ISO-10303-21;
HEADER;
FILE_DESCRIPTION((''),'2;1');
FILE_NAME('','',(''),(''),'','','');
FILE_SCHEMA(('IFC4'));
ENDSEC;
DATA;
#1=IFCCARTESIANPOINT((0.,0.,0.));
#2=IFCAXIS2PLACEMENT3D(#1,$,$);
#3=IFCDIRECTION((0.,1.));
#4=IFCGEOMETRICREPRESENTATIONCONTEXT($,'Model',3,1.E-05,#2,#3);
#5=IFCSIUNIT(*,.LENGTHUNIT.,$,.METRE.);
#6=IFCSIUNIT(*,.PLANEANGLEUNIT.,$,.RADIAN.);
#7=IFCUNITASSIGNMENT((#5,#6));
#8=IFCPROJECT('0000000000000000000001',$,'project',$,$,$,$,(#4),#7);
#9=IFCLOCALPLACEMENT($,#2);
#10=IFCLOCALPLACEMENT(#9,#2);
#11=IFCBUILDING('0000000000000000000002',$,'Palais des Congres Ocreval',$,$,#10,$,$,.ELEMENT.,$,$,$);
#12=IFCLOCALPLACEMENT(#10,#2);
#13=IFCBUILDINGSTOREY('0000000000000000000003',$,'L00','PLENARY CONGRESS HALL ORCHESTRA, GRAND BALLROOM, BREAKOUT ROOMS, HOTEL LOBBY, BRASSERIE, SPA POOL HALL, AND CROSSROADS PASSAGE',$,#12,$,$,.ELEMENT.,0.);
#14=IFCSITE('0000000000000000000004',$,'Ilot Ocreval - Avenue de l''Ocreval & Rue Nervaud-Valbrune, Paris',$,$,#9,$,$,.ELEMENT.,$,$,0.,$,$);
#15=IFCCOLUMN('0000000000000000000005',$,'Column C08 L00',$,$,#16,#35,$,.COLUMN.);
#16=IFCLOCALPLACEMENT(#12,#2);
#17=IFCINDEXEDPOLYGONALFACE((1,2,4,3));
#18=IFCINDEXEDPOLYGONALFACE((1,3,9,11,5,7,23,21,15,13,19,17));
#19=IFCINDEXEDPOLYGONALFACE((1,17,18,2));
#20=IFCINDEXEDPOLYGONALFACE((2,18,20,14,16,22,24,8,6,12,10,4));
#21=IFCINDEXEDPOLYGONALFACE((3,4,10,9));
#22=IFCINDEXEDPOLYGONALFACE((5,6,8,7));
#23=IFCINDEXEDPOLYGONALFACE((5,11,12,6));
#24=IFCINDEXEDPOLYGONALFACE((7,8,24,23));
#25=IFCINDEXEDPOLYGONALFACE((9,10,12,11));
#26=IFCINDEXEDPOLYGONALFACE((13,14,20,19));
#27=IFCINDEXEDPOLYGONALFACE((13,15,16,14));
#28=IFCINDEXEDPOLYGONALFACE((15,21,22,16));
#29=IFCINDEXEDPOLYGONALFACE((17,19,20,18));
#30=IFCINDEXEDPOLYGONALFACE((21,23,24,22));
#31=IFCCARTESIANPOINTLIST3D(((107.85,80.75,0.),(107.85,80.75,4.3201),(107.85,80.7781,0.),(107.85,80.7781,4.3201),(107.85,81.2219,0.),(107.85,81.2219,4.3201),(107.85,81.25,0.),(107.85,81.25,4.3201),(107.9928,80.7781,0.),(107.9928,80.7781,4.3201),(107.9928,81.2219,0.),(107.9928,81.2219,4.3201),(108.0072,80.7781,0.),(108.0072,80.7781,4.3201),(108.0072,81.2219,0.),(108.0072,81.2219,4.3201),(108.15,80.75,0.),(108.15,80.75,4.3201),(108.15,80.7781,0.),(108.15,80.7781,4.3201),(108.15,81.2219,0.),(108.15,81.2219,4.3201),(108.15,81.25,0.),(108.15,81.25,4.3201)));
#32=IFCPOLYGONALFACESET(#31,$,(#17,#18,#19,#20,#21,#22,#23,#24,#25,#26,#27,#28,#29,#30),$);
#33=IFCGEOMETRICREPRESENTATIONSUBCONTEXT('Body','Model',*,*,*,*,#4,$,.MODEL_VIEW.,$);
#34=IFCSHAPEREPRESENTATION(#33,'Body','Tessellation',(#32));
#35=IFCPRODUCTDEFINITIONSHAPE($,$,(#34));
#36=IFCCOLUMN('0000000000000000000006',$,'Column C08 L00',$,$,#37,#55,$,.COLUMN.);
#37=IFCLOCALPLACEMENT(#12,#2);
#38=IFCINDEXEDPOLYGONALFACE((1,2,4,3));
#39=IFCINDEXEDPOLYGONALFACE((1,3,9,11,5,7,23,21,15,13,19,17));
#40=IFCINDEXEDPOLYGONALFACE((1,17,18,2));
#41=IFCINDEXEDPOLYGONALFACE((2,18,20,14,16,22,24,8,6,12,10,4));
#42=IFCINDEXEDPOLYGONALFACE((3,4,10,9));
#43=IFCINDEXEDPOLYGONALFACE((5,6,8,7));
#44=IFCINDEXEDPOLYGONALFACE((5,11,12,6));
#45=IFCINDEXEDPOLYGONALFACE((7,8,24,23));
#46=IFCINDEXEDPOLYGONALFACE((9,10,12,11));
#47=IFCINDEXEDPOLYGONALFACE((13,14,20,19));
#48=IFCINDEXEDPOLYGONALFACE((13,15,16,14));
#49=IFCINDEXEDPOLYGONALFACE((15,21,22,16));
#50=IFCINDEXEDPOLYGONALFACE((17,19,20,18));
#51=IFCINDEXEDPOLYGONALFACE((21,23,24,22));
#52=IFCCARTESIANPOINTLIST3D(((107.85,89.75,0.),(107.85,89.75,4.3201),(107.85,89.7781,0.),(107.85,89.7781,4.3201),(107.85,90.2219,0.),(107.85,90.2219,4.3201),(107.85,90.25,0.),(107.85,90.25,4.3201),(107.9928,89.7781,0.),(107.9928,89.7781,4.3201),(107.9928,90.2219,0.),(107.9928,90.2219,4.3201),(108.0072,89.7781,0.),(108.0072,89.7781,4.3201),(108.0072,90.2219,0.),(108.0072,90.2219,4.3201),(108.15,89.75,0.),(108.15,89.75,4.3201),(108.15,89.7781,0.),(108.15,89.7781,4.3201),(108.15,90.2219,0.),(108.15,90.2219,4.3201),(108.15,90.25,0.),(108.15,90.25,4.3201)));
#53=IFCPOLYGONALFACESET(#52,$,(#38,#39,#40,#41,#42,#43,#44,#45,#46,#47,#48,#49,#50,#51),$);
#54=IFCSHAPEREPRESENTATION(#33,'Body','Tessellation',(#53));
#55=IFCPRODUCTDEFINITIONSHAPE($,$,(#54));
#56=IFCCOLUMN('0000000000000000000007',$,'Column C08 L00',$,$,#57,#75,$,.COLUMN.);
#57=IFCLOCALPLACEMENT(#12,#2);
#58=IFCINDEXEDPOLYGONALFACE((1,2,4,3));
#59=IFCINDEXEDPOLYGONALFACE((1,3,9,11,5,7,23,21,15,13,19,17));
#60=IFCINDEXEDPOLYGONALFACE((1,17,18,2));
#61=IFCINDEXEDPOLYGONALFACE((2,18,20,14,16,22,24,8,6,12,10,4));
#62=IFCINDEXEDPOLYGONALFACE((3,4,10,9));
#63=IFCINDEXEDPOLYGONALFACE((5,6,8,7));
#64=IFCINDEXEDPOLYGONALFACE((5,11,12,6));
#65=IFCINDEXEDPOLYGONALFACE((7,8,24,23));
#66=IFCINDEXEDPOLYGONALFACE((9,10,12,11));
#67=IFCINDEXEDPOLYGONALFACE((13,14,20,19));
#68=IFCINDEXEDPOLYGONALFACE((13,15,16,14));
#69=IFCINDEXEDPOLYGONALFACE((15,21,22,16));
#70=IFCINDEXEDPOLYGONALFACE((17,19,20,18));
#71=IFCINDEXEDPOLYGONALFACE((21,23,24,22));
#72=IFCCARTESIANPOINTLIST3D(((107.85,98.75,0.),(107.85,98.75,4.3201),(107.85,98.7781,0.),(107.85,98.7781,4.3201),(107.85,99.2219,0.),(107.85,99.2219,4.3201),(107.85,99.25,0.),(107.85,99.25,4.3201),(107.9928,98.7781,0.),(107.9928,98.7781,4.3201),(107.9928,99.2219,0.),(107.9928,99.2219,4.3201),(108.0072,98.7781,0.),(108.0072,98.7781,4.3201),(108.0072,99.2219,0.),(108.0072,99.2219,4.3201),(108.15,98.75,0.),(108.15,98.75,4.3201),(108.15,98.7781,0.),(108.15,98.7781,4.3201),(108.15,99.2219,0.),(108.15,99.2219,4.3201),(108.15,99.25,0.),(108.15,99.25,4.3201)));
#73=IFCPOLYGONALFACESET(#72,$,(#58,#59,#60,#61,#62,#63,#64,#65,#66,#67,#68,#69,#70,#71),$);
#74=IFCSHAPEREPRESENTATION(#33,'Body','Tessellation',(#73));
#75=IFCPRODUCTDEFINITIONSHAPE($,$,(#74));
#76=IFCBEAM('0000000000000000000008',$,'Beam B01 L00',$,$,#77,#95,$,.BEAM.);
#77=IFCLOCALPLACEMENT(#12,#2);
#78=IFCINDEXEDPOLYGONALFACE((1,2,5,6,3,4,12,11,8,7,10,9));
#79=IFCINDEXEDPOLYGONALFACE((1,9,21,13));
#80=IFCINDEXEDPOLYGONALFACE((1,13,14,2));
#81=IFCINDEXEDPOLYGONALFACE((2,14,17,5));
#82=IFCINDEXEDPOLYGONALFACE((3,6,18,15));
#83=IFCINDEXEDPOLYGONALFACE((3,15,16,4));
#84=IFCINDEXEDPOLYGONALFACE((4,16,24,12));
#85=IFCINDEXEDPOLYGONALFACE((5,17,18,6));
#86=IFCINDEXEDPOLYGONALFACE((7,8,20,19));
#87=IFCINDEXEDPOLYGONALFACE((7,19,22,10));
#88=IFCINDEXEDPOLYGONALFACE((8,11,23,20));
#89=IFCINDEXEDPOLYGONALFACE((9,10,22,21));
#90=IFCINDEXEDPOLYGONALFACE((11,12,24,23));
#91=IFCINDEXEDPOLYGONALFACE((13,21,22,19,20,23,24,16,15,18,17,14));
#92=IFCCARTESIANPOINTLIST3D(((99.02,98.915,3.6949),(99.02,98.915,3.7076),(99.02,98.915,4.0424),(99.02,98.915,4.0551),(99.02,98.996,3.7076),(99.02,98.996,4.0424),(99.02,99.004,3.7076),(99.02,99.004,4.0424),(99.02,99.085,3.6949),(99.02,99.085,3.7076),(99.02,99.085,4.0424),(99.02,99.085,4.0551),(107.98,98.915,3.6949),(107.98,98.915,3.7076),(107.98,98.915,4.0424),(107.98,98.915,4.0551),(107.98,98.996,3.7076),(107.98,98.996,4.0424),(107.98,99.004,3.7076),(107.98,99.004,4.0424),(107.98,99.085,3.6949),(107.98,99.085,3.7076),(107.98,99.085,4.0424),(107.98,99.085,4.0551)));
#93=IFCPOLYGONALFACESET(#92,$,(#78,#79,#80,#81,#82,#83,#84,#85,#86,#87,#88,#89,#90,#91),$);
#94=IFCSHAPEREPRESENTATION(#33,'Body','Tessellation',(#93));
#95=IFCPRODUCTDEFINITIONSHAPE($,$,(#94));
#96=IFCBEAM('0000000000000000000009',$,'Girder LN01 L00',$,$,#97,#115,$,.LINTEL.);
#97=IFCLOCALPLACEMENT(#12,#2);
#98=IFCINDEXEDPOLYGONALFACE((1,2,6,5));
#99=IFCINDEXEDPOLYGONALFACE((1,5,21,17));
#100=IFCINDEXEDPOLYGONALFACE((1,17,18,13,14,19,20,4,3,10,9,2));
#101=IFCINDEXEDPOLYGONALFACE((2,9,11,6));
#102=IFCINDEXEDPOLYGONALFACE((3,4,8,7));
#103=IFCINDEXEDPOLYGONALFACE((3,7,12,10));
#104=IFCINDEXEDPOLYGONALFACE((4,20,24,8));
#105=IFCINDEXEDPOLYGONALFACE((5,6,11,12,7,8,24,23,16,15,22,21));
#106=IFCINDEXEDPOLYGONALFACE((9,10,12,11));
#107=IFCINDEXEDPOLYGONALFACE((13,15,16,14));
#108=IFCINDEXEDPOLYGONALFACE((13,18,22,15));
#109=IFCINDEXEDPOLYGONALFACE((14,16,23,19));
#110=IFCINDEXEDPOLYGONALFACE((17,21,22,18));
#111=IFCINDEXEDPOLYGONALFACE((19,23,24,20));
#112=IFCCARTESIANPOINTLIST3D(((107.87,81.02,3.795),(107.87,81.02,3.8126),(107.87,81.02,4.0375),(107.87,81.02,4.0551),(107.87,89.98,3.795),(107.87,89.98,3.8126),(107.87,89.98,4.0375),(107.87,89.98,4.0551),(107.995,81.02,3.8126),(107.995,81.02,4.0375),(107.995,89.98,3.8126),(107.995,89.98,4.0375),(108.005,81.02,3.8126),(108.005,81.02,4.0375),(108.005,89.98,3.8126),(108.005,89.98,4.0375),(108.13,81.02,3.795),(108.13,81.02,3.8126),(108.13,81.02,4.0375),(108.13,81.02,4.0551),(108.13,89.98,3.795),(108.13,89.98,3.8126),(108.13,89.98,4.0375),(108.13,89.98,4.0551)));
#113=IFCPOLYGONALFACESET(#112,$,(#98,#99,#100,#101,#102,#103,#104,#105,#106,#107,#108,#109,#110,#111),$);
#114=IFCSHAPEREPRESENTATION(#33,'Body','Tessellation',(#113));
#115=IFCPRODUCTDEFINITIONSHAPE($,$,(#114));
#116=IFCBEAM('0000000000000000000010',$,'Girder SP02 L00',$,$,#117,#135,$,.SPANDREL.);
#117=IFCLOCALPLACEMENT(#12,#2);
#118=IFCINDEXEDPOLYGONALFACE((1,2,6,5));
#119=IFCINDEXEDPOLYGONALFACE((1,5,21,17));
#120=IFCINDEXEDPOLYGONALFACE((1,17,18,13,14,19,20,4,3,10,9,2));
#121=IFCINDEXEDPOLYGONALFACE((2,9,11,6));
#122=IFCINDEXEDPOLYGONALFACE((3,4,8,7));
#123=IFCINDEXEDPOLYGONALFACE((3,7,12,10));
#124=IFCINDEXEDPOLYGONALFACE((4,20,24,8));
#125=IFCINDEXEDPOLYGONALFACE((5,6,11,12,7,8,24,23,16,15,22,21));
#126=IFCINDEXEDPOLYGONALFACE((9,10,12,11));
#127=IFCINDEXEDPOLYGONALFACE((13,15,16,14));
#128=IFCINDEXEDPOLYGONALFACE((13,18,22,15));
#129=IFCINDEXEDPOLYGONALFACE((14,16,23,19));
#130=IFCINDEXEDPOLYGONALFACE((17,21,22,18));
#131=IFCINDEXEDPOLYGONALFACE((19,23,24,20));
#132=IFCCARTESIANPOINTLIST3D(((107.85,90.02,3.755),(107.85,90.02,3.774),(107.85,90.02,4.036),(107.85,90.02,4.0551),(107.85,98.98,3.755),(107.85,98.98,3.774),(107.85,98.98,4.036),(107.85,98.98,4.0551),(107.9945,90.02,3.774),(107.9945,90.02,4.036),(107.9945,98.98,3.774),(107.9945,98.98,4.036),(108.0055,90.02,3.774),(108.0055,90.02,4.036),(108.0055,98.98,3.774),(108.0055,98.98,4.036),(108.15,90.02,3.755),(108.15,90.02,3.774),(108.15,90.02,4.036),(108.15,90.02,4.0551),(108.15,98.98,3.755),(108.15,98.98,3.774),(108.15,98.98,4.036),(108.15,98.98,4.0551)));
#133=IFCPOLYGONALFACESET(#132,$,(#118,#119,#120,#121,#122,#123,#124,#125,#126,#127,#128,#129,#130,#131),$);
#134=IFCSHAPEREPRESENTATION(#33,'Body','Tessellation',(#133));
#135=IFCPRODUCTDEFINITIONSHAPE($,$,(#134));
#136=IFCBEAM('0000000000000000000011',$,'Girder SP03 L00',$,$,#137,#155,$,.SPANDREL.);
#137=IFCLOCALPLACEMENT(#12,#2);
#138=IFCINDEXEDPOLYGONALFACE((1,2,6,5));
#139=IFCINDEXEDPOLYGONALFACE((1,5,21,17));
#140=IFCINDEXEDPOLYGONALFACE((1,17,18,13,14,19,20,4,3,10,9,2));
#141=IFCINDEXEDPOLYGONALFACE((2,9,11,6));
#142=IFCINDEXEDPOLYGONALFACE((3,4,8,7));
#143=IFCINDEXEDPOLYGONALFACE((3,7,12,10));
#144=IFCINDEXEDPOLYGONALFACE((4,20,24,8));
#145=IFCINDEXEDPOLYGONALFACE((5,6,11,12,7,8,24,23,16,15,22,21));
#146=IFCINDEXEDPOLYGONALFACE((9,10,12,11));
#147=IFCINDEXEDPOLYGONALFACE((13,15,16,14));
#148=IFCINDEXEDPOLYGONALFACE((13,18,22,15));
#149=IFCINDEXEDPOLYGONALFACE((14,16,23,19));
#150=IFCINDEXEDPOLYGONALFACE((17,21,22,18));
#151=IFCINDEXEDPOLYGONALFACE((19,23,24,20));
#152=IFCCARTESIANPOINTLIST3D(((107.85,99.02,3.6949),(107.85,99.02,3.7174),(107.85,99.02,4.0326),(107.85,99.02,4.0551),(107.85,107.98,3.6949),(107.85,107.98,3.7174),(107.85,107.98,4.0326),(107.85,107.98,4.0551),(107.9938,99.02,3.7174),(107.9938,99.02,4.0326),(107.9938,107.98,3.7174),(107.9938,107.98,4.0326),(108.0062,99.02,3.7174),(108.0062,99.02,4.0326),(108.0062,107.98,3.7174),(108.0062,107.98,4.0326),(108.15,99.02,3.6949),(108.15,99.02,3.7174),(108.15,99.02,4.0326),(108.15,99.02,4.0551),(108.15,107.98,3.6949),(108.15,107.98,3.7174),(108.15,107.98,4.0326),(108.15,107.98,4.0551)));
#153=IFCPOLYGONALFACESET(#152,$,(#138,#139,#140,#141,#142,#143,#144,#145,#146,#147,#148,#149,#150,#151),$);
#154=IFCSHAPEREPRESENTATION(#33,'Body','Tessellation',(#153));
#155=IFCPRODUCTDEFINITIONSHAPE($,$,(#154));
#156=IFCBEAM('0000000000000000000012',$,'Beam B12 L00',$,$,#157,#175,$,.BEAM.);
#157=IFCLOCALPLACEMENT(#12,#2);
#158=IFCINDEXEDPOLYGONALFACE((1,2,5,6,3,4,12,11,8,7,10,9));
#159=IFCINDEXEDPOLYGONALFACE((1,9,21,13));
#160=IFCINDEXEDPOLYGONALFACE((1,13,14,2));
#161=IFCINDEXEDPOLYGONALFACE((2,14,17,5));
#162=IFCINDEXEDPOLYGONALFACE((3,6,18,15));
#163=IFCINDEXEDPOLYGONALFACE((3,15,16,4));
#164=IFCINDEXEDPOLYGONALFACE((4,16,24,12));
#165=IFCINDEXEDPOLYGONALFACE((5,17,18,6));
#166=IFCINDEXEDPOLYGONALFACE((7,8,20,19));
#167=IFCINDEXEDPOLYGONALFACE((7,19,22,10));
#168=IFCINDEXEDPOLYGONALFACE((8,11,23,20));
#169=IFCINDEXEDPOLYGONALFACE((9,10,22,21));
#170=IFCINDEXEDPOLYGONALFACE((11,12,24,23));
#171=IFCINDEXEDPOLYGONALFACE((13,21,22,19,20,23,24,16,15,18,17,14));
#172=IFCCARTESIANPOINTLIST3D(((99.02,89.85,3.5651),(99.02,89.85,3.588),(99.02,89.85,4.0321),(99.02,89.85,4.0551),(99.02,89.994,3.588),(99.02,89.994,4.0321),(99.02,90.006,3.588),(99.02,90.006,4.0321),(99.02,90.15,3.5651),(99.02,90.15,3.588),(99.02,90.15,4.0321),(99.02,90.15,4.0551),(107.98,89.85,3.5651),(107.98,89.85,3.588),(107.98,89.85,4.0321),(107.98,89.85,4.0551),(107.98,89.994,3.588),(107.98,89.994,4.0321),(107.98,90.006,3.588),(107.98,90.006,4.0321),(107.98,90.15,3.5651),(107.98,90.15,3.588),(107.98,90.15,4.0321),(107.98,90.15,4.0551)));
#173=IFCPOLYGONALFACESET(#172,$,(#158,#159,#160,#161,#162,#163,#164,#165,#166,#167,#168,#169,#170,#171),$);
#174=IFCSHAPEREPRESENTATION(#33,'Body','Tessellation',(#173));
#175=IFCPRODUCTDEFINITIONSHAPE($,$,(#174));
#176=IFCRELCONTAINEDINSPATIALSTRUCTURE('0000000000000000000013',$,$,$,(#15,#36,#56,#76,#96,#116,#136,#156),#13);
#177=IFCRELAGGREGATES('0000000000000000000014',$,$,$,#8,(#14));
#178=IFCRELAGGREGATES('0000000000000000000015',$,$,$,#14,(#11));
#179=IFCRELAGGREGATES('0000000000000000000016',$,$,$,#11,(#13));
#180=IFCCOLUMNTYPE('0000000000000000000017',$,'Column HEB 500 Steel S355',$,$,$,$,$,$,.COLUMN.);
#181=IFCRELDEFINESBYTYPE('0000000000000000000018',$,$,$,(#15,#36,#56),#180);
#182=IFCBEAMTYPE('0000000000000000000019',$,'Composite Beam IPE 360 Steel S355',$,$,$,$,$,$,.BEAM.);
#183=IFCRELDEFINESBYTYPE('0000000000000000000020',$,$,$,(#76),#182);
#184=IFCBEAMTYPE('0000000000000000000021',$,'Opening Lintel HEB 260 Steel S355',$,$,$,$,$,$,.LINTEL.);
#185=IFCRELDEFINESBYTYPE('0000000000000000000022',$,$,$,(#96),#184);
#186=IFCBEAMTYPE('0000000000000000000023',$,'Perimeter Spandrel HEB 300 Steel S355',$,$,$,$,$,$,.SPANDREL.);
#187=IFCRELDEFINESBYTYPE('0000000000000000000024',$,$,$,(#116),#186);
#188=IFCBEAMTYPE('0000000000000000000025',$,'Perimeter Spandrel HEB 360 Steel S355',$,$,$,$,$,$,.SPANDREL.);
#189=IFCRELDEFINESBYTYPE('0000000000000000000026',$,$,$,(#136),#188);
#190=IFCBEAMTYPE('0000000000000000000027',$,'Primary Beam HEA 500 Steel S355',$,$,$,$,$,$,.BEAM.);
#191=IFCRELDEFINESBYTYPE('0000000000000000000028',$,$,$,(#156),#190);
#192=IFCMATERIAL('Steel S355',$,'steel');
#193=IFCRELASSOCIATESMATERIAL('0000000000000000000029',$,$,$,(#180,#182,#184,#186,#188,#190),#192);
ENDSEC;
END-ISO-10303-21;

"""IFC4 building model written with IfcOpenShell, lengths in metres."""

from ifc_helpers import new_model, si_unit, direction, frame, origin, origin_2d, place, context, subcontext, project, spatial, i_section, extrude, material, material_profile, profile_set, type_object, element, save


model = new_model("IFC4")

# Units and contexts
model_context = context("Model", 3, precision=1e-05, world=origin(), true_north=direction((0.0, 1.0)))
body_context = subcontext(model_context, "Body", "Model", "MODEL_VIEW")
ifc_project = project(units=[si_unit("LENGTHUNIT", "METRE"), si_unit("PLANEANGLEUNIT", "RADIAN")], contexts=[model_context])

# Site, building, storey
site_placement = place(None, origin())
site = spatial("IfcSite", under=ifc_project, at=site_placement, Name="Ilot Ocreval - Avenue de l'Ocreval & Rue Nervaud-Valbrune, Paris", CompositionType="ELEMENT", RefElevation=0.0)
building_placement = place(site_placement, origin())
building = spatial("IfcBuilding", under=site, at=building_placement, Name="Palais des Congres Ocreval", CompositionType="ELEMENT")
storey_placement = place(building_placement, origin())
storey = spatial("IfcBuildingStorey", under=building, at=storey_placement, Name="L00", Description="PLENARY CONGRESS HALL ORCHESTRA, GRAND BALLROOM, BREAKOUT ROOMS, HOTEL LOBBY, BRASSERIE, SPA POOL HALL, AND CROSSROADS PASSAGE", CompositionType="ELEMENT", Elevation=0.0)

# Columns
ifc_material_1 = material(Name="Steel S355", Category="steel")
ifc_material_profile_1 = material_profile(ifc_material_1, i_section(OverallWidth=0.3, OverallDepth=0.5, WebThickness=0.0144, FlangeThickness=0.0281, at=origin_2d()), Name="HEB 500")
ifc_profile_set_1 = profile_set([ifc_material_profile_1], Name="Steel S355")
column_type = type_object("IfcColumnType", Name="Column HEB 500 Steel S355", PredefinedType="COLUMN", material=ifc_profile_set_1)
for number, where, z_axis, x_axis, name in (
    (1, (108.0, 81.0, 0.0), (0.0, 0.0, 1.0), (1.0, 0.0, 0.0), "Column C08 L00"),
    (2, (108.0, 90.0, 0.0), (0.0, 0.0, 1.0), (1.0, 0.0, 0.0), "Column C08 L00"),
    (3, (108.0, 99.0, 0.0), (0.0, 0.0, 1.0), (1.0, 0.0, 0.0), "Column C08 L00"),
):
    element("IfcColumn", number, at=place(storey_placement, frame(where, z_axis=z_axis, x_axis=x_axis)), inside=storey, type_object=column_type, Name=name, PredefinedType="COLUMN", context=body_context, shape_type="SweptSolid", body=[
        extrude(i_section(OverallWidth=0.3, OverallDepth=0.5, WebThickness=0.0144, FlangeThickness=0.0281, at=origin_2d()), origin(), (0.0, 0.0, 1.0), 4.3201),
    ])

# Beams
ifc_material_profile_2 = material_profile(ifc_material_1, i_section(OverallWidth=0.1699, OverallDepth=0.3601, WebThickness=0.0081, FlangeThickness=0.0127, at=origin_2d()), Name="IPE 360")
ifc_profile_set_2 = profile_set([ifc_material_profile_2], Name="Steel S355")
beam_type_1 = type_object("IfcBeamType", Name="Composite Beam IPE 360 Steel S355", PredefinedType="BEAM", material=ifc_profile_set_2)
beam_1_placement = place(storey_placement, frame((99.02, 99.0, 3.875), z_axis=(1.0, 0.0, 0.0), x_axis=(0.0, 1.0, 0.0)))
element("IfcBeam", 4, at=beam_1_placement, inside=storey, type_object=beam_type_1, Name="Beam B01 L00", PredefinedType="BEAM", context=body_context, shape_type="SweptSolid", body=[
    extrude(i_section(OverallWidth=0.1699, OverallDepth=0.3601, WebThickness=0.0081, FlangeThickness=0.0127, at=origin_2d()), origin(), (0.0, 0.0, 1.0), 8.96),
])
ifc_material_profile_3 = material_profile(ifc_material_1, i_section(OverallWidth=0.26, OverallDepth=0.26, WebThickness=0.01, FlangeThickness=0.0176, at=origin_2d()), Name="HEB 260")
ifc_profile_set_3 = profile_set([ifc_material_profile_3], Name="Steel S355")
beam_type_2 = type_object("IfcBeamType", Name="Opening Lintel HEB 260 Steel S355", PredefinedType="LINTEL", material=ifc_profile_set_3)
beam_2_placement = place(storey_placement, frame((108.0, 81.02, 3.925), z_axis=(0.0, 1.0, 0.0), x_axis=(-1.0, 0.0, 0.0)))
element("IfcBeam", 5, at=beam_2_placement, inside=storey, type_object=beam_type_2, Name="Girder LN01 L00", PredefinedType="LINTEL", context=body_context, shape_type="SweptSolid", body=[
    extrude(i_section(OverallWidth=0.26, OverallDepth=0.26, WebThickness=0.01, FlangeThickness=0.0176, at=origin_2d()), origin(), (0.0, 0.0, 1.0), 8.96),
])
ifc_material_profile_4 = material_profile(ifc_material_1, i_section(OverallWidth=0.3, OverallDepth=0.3, WebThickness=0.011, FlangeThickness=0.019, at=origin_2d()), Name="HEB 300")
ifc_profile_set_4 = profile_set([ifc_material_profile_4], Name="Steel S355")
beam_type_3 = type_object("IfcBeamType", Name="Perimeter Spandrel HEB 300 Steel S355", PredefinedType="SPANDREL", material=ifc_profile_set_4)
beam_3_placement = place(storey_placement, frame((108.0, 90.02, 3.905), z_axis=(0.0, 1.0, 0.0), x_axis=(-1.0, 0.0, 0.0)))
element("IfcBeam", 6, at=beam_3_placement, inside=storey, type_object=beam_type_3, Name="Girder SP02 L00", PredefinedType="SPANDREL", context=body_context, shape_type="SweptSolid", body=[
    extrude(i_section(OverallWidth=0.3, OverallDepth=0.3, WebThickness=0.011, FlangeThickness=0.019, at=origin_2d()), origin(), (0.0, 0.0, 1.0), 8.96),
])
ifc_material_profile_5 = material_profile(ifc_material_1, i_section(OverallWidth=0.3, OverallDepth=0.3601, WebThickness=0.0125, FlangeThickness=0.0225, at=origin_2d()), Name="HEB 360")
ifc_profile_set_5 = profile_set([ifc_material_profile_5], Name="Steel S355")
beam_type_4 = type_object("IfcBeamType", Name="Perimeter Spandrel HEB 360 Steel S355", PredefinedType="SPANDREL", material=ifc_profile_set_5)
beam_4_placement = place(storey_placement, frame((108.0, 99.02, 3.875), z_axis=(0.0, 1.0, 0.0), x_axis=(-1.0, 0.0, 0.0)))
element("IfcBeam", 7, at=beam_4_placement, inside=storey, type_object=beam_type_4, Name="Girder SP03 L00", PredefinedType="SPANDREL", context=body_context, shape_type="SweptSolid", body=[
    extrude(i_section(OverallWidth=0.3, OverallDepth=0.3601, WebThickness=0.0125, FlangeThickness=0.0225, at=origin_2d()), origin(), (0.0, 0.0, 1.0), 8.96),
])
ifc_material_profile_6 = material_profile(ifc_material_1, i_section(OverallWidth=0.3, OverallDepth=0.49, WebThickness=0.012, FlangeThickness=0.0229, at=origin_2d()), Name="HEA 500")
ifc_profile_set_6 = profile_set([ifc_material_profile_6], Name="Steel S355")
beam_type_5 = type_object("IfcBeamType", Name="Primary Beam HEA 500 Steel S355", PredefinedType="BEAM", material=ifc_profile_set_6)
beam_5_placement = place(storey_placement, frame((99.02, 90.0, 3.8101), z_axis=(1.0, 0.0, 0.0), x_axis=(0.0, 1.0, 0.0)))
element("IfcBeam", 8, at=beam_5_placement, inside=storey, type_object=beam_type_5, Name="Beam B12 L00", PredefinedType="BEAM", context=body_context, shape_type="SweptSolid", body=[
    extrude(i_section(OverallWidth=0.3, OverallDepth=0.49, WebThickness=0.012, FlangeThickness=0.0229, at=origin_2d()), origin(), (0.0, 0.0, 1.0), 8.96),
])

save(model, "model.ifc")
